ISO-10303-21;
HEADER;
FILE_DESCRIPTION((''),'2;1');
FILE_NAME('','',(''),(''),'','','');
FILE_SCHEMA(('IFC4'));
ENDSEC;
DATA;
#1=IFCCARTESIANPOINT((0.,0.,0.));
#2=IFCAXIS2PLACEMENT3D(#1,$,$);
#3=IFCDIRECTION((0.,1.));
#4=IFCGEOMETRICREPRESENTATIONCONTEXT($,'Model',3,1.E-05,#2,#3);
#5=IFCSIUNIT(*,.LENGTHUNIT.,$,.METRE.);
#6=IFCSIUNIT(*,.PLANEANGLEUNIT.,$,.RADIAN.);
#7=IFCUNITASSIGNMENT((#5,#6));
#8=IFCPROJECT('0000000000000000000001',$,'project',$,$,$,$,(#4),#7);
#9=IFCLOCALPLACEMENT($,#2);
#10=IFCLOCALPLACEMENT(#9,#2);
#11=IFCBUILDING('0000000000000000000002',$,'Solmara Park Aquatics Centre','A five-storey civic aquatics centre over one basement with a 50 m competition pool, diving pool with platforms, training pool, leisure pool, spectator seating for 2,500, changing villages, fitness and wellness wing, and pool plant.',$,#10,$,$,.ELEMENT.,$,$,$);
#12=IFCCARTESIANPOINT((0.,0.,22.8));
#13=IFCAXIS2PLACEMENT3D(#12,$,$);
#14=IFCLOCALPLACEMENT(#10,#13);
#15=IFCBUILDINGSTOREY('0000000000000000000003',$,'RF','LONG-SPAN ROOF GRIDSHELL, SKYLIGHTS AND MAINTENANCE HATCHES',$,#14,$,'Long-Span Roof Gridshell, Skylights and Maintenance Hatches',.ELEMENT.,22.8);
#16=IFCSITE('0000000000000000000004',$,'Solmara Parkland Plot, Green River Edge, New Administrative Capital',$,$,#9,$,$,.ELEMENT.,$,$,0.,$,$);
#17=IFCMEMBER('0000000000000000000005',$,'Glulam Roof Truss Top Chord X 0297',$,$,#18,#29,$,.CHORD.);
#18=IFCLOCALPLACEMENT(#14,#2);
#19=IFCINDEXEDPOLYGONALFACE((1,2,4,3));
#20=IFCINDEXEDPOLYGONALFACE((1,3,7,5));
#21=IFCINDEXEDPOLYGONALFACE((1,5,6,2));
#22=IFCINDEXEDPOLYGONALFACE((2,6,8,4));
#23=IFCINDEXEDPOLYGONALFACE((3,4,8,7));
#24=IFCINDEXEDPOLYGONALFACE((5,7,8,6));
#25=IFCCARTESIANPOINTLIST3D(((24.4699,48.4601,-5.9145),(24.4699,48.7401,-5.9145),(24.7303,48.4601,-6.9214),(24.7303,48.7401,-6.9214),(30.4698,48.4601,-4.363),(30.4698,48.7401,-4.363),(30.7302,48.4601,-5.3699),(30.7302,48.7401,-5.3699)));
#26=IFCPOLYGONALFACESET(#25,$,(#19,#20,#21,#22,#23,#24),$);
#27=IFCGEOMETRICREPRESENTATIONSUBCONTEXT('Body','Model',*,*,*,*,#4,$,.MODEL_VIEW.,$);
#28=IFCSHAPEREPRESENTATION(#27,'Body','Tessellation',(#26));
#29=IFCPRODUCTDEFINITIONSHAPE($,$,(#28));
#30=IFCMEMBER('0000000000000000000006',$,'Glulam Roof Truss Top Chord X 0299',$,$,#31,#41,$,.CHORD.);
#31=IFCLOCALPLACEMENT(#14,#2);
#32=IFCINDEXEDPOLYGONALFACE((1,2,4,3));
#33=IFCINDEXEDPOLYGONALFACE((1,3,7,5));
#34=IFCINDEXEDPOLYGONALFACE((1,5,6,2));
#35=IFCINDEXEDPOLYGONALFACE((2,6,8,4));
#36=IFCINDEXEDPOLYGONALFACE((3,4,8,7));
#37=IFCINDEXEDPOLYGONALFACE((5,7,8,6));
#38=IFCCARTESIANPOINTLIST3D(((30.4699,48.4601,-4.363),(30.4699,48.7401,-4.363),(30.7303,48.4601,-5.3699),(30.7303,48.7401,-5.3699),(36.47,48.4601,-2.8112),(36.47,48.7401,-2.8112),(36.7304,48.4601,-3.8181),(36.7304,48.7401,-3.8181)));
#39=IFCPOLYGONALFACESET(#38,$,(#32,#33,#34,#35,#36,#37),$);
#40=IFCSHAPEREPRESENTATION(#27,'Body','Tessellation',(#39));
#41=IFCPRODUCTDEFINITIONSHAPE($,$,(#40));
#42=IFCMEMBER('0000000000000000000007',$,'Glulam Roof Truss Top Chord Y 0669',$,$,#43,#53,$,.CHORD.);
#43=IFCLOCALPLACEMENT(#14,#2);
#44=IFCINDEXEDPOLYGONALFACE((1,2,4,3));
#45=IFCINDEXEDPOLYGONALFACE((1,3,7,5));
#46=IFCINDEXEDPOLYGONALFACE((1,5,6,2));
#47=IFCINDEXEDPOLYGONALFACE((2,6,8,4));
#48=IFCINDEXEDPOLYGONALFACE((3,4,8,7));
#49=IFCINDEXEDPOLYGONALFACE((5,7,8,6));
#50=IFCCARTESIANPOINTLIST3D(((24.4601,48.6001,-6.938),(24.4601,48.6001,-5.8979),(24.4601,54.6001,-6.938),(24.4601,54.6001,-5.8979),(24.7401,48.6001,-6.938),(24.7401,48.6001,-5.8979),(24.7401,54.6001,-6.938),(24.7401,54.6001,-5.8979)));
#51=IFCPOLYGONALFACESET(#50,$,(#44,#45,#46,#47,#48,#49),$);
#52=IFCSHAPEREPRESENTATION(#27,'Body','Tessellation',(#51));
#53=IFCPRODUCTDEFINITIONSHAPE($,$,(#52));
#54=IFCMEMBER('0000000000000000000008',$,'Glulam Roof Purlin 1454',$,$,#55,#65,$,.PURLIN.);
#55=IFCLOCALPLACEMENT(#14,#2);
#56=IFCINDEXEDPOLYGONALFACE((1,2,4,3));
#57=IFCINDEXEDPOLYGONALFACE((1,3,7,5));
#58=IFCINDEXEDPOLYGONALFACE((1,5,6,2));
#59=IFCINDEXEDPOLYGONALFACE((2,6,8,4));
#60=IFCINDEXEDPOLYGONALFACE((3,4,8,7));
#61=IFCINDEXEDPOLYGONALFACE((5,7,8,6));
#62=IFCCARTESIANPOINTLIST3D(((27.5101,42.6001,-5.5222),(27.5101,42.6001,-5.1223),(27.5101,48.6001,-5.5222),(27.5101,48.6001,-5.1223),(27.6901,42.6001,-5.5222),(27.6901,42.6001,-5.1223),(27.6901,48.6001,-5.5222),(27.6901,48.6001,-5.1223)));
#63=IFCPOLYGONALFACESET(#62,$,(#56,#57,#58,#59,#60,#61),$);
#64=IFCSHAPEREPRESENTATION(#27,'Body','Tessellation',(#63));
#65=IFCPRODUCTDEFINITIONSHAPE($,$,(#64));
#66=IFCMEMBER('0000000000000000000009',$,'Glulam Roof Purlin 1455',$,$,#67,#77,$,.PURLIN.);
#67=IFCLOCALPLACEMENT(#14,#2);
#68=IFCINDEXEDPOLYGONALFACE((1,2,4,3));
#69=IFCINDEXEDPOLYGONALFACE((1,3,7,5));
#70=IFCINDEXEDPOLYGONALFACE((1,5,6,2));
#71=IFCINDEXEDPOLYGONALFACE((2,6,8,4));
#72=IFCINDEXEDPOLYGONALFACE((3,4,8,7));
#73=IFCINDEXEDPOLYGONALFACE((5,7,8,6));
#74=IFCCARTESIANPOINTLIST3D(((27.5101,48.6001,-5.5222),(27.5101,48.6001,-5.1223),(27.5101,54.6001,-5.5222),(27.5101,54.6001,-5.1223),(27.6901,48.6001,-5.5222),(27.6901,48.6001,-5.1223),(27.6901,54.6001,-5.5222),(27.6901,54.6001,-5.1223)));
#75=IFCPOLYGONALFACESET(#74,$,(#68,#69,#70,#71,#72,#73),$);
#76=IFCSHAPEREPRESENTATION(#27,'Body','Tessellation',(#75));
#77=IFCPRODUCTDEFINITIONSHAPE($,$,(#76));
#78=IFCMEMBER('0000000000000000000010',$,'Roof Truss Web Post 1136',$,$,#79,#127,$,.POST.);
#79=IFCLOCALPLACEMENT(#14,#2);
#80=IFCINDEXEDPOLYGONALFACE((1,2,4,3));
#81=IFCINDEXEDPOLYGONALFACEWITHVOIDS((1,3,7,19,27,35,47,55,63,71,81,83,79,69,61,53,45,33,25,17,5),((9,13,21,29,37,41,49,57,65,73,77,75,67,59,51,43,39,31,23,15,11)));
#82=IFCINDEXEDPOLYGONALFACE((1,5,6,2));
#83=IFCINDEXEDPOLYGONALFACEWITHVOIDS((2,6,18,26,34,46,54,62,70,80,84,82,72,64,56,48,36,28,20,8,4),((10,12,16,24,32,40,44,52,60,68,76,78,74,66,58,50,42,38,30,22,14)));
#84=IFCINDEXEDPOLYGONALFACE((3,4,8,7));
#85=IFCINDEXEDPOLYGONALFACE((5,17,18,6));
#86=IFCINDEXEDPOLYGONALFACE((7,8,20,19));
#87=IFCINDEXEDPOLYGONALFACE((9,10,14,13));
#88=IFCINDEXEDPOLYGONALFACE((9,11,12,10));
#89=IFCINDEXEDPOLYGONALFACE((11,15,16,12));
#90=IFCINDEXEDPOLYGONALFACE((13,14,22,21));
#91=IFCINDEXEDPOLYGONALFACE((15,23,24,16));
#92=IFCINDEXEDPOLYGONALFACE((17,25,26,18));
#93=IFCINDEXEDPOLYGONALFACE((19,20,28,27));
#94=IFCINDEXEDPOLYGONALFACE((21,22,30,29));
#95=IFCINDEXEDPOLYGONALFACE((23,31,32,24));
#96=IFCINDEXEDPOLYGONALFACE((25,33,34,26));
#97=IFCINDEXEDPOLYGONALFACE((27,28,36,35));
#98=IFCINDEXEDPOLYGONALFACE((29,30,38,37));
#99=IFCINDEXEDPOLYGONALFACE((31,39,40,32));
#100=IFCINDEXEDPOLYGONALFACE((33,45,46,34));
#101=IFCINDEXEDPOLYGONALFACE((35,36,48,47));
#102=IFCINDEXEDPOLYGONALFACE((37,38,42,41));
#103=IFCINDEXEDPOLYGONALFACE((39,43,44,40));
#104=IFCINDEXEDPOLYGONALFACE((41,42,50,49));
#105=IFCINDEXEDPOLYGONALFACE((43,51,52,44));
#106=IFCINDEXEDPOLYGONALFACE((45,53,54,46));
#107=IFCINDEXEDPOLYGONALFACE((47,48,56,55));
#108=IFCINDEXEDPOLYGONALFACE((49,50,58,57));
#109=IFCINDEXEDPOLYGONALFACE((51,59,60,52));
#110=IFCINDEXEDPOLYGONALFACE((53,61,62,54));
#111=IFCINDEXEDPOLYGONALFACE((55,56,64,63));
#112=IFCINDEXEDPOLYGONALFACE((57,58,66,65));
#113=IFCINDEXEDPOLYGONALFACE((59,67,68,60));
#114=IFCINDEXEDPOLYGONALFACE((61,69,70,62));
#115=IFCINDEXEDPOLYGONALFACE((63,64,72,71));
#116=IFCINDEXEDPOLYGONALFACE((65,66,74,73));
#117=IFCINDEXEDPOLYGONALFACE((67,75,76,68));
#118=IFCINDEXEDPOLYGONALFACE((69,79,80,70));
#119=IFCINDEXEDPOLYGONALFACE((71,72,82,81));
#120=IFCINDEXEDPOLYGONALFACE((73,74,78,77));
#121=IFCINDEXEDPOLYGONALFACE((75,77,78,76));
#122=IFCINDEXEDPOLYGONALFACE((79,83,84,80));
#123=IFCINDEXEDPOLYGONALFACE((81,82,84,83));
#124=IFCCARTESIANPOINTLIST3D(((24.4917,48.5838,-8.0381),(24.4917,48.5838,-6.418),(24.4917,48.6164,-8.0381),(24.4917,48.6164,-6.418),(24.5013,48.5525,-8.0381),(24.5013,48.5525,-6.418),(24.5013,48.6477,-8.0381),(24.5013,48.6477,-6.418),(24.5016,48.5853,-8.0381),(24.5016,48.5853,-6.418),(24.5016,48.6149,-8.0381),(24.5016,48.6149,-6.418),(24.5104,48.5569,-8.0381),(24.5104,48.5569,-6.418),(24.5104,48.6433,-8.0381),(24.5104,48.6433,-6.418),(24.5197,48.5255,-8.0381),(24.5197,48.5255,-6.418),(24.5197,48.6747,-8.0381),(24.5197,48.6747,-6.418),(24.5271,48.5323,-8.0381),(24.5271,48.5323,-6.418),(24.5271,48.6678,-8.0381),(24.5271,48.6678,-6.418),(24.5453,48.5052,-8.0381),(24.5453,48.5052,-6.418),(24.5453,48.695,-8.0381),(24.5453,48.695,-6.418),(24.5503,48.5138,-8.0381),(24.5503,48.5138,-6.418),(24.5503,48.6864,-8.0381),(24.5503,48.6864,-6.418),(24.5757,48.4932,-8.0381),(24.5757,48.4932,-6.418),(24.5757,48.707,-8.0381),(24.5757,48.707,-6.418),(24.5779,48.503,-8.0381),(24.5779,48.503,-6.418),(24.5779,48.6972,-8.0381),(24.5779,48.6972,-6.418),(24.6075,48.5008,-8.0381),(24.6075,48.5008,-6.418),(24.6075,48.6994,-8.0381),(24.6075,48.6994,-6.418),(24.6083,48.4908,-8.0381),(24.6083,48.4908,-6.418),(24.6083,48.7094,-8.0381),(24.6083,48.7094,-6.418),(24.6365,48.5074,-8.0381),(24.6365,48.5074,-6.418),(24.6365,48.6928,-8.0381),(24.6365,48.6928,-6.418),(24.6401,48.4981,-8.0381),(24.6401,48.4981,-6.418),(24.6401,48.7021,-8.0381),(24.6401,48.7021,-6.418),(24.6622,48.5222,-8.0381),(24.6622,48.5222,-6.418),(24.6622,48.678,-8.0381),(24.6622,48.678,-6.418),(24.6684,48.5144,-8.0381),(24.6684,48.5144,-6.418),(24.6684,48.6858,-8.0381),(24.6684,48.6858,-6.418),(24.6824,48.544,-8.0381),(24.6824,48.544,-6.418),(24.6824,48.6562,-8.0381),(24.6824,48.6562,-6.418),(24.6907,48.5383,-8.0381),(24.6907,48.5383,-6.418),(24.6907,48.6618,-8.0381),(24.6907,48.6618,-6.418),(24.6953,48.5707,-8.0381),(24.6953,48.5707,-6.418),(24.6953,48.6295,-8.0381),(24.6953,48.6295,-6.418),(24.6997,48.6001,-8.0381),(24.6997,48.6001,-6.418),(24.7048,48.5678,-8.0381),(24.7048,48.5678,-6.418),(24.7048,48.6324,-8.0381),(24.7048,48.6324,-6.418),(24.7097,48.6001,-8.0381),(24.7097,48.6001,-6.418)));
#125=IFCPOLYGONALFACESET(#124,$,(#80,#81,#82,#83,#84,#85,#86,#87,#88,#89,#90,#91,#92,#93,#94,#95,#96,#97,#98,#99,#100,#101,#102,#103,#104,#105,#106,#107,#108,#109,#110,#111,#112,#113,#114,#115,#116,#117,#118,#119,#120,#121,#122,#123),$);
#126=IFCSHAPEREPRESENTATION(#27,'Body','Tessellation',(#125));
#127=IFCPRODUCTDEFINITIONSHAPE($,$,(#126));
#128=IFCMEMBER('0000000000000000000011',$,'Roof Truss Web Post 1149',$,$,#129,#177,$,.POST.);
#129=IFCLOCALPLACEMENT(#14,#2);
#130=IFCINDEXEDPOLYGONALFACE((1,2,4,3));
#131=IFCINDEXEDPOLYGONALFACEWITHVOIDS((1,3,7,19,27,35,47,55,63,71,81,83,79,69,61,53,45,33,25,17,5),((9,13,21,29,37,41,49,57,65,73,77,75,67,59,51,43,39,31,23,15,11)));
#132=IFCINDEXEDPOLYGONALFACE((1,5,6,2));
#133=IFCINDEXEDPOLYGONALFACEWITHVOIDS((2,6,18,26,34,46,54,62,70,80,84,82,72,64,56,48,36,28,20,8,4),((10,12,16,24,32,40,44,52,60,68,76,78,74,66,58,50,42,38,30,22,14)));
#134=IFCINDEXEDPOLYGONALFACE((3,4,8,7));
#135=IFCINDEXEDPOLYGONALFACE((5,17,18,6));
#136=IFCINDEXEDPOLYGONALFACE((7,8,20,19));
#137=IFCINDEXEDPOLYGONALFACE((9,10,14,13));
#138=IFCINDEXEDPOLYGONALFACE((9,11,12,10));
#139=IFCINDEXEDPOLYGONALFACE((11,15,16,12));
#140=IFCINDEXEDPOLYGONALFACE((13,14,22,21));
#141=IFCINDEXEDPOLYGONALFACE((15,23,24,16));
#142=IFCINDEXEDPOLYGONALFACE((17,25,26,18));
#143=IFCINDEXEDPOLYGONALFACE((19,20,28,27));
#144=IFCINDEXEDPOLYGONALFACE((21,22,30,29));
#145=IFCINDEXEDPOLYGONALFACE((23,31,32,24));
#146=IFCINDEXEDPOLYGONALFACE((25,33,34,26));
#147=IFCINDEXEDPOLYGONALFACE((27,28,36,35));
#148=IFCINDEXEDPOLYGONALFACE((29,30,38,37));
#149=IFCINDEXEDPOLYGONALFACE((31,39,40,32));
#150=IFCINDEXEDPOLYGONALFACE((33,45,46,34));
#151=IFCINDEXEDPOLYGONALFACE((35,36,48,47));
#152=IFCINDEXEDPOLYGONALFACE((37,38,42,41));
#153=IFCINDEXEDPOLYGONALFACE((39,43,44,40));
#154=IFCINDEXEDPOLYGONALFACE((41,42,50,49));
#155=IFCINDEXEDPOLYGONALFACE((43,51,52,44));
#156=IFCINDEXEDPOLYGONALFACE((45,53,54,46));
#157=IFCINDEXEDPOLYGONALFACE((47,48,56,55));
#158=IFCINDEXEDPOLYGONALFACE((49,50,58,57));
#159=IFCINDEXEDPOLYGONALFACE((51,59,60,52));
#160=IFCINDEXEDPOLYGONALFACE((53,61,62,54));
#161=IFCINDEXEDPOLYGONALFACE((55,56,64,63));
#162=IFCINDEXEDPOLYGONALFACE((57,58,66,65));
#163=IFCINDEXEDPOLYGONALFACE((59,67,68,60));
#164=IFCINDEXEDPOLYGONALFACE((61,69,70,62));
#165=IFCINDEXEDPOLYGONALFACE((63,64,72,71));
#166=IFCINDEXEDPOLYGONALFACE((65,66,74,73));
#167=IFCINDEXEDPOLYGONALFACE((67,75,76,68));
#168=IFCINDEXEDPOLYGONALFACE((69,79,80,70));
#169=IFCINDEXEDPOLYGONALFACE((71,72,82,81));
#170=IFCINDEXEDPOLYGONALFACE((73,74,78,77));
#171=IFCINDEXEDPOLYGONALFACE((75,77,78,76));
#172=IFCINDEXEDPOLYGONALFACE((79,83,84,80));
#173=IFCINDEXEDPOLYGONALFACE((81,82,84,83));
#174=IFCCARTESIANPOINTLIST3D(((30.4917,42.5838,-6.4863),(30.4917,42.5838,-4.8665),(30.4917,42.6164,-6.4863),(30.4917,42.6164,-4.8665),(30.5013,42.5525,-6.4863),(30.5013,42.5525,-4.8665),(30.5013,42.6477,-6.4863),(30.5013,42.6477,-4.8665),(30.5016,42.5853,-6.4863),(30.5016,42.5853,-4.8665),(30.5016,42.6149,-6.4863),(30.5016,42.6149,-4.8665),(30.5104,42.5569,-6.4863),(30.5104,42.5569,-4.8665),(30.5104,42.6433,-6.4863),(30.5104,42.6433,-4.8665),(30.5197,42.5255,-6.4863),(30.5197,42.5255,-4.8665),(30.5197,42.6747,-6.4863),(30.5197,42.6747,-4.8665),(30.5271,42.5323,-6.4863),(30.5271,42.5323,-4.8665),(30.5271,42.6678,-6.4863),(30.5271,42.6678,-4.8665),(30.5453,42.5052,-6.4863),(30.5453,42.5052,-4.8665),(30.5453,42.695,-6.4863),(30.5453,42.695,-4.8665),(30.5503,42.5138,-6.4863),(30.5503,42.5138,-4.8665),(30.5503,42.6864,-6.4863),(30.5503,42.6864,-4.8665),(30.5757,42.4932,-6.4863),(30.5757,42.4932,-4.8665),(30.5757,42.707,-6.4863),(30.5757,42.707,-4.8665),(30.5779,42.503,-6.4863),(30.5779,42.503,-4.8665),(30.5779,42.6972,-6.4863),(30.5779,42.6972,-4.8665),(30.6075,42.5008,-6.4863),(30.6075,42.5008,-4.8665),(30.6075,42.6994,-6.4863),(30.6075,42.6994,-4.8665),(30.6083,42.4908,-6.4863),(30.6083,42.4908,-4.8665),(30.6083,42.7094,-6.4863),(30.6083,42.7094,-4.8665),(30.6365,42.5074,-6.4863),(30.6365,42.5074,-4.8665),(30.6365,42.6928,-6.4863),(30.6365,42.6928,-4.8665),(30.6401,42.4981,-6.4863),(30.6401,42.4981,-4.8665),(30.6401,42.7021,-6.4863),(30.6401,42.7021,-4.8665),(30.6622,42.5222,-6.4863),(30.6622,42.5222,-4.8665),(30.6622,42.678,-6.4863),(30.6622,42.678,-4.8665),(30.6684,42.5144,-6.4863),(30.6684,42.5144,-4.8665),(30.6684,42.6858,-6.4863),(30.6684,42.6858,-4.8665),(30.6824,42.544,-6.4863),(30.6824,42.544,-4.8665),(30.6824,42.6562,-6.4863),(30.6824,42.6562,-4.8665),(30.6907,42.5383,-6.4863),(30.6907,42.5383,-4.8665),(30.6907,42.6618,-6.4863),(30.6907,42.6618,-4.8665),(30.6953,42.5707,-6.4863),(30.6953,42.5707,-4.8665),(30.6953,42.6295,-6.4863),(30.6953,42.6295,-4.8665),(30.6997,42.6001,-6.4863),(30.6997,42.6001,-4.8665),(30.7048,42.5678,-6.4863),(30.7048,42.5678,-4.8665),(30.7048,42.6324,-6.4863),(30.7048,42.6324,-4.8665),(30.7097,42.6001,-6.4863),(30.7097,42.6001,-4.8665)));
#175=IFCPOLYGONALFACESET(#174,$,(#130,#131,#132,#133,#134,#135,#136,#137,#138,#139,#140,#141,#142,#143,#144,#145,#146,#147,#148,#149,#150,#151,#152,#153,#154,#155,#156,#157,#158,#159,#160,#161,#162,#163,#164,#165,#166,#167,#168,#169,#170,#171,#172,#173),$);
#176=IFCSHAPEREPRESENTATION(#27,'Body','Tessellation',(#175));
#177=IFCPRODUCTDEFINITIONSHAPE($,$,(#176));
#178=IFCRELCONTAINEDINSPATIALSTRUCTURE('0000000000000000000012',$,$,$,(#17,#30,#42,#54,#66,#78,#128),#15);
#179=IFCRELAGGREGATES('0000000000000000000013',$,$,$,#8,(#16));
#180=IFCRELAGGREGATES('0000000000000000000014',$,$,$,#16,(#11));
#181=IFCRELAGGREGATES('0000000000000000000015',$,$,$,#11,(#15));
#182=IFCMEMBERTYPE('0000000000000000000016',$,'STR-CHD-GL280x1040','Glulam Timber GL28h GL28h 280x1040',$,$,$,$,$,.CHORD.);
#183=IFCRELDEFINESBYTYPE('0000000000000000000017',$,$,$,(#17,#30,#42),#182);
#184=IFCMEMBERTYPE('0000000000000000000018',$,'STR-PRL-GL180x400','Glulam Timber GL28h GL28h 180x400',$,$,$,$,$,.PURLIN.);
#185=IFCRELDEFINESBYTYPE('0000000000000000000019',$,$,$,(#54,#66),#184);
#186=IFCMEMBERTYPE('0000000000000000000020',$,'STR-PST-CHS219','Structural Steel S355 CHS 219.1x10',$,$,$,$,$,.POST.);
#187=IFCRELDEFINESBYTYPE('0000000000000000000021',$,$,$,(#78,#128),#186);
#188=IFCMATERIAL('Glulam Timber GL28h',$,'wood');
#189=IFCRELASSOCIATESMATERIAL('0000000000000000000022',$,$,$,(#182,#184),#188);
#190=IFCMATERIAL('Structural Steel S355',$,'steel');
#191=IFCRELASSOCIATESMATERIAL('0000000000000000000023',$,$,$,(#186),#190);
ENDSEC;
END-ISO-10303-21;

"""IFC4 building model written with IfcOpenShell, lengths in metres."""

from ifc_helpers import new_model, si_unit, direction, frame, origin, origin_2d, place, context, subcontext, project, spatial, rectangle, hollow_circle, extrude, material, material_profile, profile_set, type_object, element, save


model = new_model("IFC4")

# Units and contexts
model_context = context("Model", 3, precision=1e-05, world=origin(), true_north=direction((0.0, 1.0)))
body_context = subcontext(model_context, "Body", "Model", "MODEL_VIEW")
ifc_project = project(units=[si_unit("LENGTHUNIT", "METRE"), si_unit("PLANEANGLEUNIT", "RADIAN")], contexts=[model_context])

# Site, building, storey
site_placement = place(None, origin())
site = spatial("IfcSite", under=ifc_project, at=site_placement, Name="Solmara Parkland Plot, Green River Edge, New Administrative Capital", CompositionType="ELEMENT", RefElevation=0.0)
building_placement = place(site_placement, origin())
building = spatial("IfcBuilding", under=site, at=building_placement, Name="Solmara Park Aquatics Centre", Description="A five-storey civic aquatics centre over one basement with a 50 m competition pool, diving pool with platforms, training pool, leisure pool, spectator seating for 2,500, changing villages, fitness and wellness wing, and pool plant.", CompositionType="ELEMENT")
storey_placement = place(building_placement, frame((0.0, 0.0, 22.8)))
storey = spatial("IfcBuildingStorey", under=building, at=storey_placement, Name="RF", Description="LONG-SPAN ROOF GRIDSHELL, SKYLIGHTS AND MAINTENANCE HATCHES", LongName="Long-Span Roof Gridshell, Skylights and Maintenance Hatches", CompositionType="ELEMENT", Elevation=22.8)

# Members
ifc_material_1 = material(Name="Structural Steel S355", Category="steel")
ifc_material_2 = material(Name="Glulam Timber GL28h", Category="wood")
ifc_material_profile_1 = material_profile(ifc_material_2, rectangle(XDim=0.28, YDim=1.04, at=origin_2d()), Name="GL28h 280x1040")
ifc_profile_set_1 = profile_set([ifc_material_profile_1], Name="Glulam Timber GL28h")
member_type_1 = type_object("IfcMemberType", Name="STR-CHD-GL280x1040", Description="Glulam Timber GL28h GL28h 280x1040", PredefinedType="CHORD", material=ifc_profile_set_1)
member_1_placement = place(storey_placement, frame((24.6001, 48.6001, -6.418), z_axis=(0.968155, 0.0, 0.250351), x_axis=(0.0, 1.0, 0.0)))
element("IfcMember", 1, at=member_1_placement, inside=storey, type_object=member_type_1, Name="Glulam Roof Truss Top Chord X 0297", PredefinedType="CHORD", context=body_context, shape_type="SweptSolid", body=[
    extrude(rectangle(XDim=0.28, YDim=1.04, at=origin_2d()), origin(), (0.0, 0.0, 1.0), 6.1973),
])
member_2_placement = place(storey_placement, frame((30.6001, 48.6001, -4.8665), z_axis=(0.968146, 0.0, 0.250388), x_axis=(0.0, 1.0, 0.0)))
element("IfcMember", 2, at=member_2_placement, inside=storey, type_object=member_type_1, Name="Glulam Roof Truss Top Chord X 0299", PredefinedType="CHORD", context=body_context, shape_type="SweptSolid", body=[
    extrude(rectangle(XDim=0.28, YDim=1.04, at=origin_2d()), origin(), (0.0, 0.0, 1.0), 6.1975),
])
member_3_placement = place(storey_placement, frame((24.6001, 48.6001, -6.418), z_axis=(0.0, 1.0, 0.0), x_axis=(-1.0, 0.0, 0.0)))
element("IfcMember", 3, at=member_3_placement, inside=storey, type_object=member_type_1, Name="Glulam Roof Truss Top Chord Y 0669", PredefinedType="CHORD", context=body_context, shape_type="SweptSolid", body=[
    extrude(rectangle(XDim=0.28, YDim=1.04, at=origin_2d()), origin(), (0.0, 0.0, 1.0), 6.0),
])
ifc_material_profile_2 = material_profile(ifc_material_2, rectangle(XDim=0.1799, YDim=0.3999, at=origin_2d()), Name="GL28h 180x400")
ifc_profile_set_2 = profile_set([ifc_material_profile_2], Name="Glulam Timber GL28h")
member_type_2 = type_object("IfcMemberType", Name="STR-PRL-GL180x400", Description="Glulam Timber GL28h GL28h 180x400", PredefinedType="PURLIN", material=ifc_profile_set_2)
for number, where, z_axis, x_axis, name in (
    (4, (27.6001, 42.6001, -5.3223), (0.0, 1.0, 0.0), (-1.0, 0.0, 0.0), "Glulam Roof Purlin 1454"),
    (5, (27.6001, 48.6001, -5.3223), (0.0, 1.0, 0.0), (-1.0, 0.0, 0.0), "Glulam Roof Purlin 1455"),
):
    element("IfcMember", number, at=place(storey_placement, frame(where, z_axis=z_axis, x_axis=x_axis)), inside=storey, type_object=member_type_2, Name=name, PredefinedType="PURLIN", context=body_context, shape_type="SweptSolid", body=[
        extrude(rectangle(XDim=0.1799, YDim=0.3999, at=origin_2d()), origin(), (0.0, 0.0, 1.0), 6.0),
    ])
ifc_material_profile_3 = material_profile(ifc_material_1, hollow_circle(Radius=0.1096, WallThickness=0.01, at=origin_2d()), Name="CHS 219.1x10")
ifc_profile_set_3 = profile_set([ifc_material_profile_3], Name="Structural Steel S355")
member_type_3 = type_object("IfcMemberType", Name="STR-PST-CHS219", Description="Structural Steel S355 CHS 219.1x10", PredefinedType="POST", material=ifc_profile_set_3)
member_4_placement = place(storey_placement, frame((24.6001, 48.6001, -8.0381), z_axis=(0.0, 0.0, 1.0), x_axis=(1.0, 0.0, 0.0)))
element("IfcMember", 6, at=member_4_placement, inside=storey, type_object=member_type_3, Name="Roof Truss Web Post 1136", PredefinedType="POST", context=body_context, shape_type="SweptSolid", body=[
    extrude(hollow_circle(Radius=0.1096, WallThickness=0.01, at=origin_2d()), origin(), (0.0, 0.0, 1.0), 1.6201),
])
for number, where, z_axis, x_axis, name in (
    (7, (30.6001, 42.6001, -6.4863), (0.0, 0.0, 1.0), (1.0, 0.0, 0.0), "Roof Truss Web Post 1149"),
):
    element("IfcMember", number, at=place(storey_placement, frame(where, z_axis=z_axis, x_axis=x_axis)), inside=storey, type_object=member_type_3, Name=name, PredefinedType="POST", context=body_context, shape_type="SweptSolid", body=[
        extrude(hollow_circle(Radius=0.1096, WallThickness=0.01, at=origin_2d()), origin(), (0.0, 0.0, 1.0), 1.6199),
    ])

save(model, "model.ifc")
